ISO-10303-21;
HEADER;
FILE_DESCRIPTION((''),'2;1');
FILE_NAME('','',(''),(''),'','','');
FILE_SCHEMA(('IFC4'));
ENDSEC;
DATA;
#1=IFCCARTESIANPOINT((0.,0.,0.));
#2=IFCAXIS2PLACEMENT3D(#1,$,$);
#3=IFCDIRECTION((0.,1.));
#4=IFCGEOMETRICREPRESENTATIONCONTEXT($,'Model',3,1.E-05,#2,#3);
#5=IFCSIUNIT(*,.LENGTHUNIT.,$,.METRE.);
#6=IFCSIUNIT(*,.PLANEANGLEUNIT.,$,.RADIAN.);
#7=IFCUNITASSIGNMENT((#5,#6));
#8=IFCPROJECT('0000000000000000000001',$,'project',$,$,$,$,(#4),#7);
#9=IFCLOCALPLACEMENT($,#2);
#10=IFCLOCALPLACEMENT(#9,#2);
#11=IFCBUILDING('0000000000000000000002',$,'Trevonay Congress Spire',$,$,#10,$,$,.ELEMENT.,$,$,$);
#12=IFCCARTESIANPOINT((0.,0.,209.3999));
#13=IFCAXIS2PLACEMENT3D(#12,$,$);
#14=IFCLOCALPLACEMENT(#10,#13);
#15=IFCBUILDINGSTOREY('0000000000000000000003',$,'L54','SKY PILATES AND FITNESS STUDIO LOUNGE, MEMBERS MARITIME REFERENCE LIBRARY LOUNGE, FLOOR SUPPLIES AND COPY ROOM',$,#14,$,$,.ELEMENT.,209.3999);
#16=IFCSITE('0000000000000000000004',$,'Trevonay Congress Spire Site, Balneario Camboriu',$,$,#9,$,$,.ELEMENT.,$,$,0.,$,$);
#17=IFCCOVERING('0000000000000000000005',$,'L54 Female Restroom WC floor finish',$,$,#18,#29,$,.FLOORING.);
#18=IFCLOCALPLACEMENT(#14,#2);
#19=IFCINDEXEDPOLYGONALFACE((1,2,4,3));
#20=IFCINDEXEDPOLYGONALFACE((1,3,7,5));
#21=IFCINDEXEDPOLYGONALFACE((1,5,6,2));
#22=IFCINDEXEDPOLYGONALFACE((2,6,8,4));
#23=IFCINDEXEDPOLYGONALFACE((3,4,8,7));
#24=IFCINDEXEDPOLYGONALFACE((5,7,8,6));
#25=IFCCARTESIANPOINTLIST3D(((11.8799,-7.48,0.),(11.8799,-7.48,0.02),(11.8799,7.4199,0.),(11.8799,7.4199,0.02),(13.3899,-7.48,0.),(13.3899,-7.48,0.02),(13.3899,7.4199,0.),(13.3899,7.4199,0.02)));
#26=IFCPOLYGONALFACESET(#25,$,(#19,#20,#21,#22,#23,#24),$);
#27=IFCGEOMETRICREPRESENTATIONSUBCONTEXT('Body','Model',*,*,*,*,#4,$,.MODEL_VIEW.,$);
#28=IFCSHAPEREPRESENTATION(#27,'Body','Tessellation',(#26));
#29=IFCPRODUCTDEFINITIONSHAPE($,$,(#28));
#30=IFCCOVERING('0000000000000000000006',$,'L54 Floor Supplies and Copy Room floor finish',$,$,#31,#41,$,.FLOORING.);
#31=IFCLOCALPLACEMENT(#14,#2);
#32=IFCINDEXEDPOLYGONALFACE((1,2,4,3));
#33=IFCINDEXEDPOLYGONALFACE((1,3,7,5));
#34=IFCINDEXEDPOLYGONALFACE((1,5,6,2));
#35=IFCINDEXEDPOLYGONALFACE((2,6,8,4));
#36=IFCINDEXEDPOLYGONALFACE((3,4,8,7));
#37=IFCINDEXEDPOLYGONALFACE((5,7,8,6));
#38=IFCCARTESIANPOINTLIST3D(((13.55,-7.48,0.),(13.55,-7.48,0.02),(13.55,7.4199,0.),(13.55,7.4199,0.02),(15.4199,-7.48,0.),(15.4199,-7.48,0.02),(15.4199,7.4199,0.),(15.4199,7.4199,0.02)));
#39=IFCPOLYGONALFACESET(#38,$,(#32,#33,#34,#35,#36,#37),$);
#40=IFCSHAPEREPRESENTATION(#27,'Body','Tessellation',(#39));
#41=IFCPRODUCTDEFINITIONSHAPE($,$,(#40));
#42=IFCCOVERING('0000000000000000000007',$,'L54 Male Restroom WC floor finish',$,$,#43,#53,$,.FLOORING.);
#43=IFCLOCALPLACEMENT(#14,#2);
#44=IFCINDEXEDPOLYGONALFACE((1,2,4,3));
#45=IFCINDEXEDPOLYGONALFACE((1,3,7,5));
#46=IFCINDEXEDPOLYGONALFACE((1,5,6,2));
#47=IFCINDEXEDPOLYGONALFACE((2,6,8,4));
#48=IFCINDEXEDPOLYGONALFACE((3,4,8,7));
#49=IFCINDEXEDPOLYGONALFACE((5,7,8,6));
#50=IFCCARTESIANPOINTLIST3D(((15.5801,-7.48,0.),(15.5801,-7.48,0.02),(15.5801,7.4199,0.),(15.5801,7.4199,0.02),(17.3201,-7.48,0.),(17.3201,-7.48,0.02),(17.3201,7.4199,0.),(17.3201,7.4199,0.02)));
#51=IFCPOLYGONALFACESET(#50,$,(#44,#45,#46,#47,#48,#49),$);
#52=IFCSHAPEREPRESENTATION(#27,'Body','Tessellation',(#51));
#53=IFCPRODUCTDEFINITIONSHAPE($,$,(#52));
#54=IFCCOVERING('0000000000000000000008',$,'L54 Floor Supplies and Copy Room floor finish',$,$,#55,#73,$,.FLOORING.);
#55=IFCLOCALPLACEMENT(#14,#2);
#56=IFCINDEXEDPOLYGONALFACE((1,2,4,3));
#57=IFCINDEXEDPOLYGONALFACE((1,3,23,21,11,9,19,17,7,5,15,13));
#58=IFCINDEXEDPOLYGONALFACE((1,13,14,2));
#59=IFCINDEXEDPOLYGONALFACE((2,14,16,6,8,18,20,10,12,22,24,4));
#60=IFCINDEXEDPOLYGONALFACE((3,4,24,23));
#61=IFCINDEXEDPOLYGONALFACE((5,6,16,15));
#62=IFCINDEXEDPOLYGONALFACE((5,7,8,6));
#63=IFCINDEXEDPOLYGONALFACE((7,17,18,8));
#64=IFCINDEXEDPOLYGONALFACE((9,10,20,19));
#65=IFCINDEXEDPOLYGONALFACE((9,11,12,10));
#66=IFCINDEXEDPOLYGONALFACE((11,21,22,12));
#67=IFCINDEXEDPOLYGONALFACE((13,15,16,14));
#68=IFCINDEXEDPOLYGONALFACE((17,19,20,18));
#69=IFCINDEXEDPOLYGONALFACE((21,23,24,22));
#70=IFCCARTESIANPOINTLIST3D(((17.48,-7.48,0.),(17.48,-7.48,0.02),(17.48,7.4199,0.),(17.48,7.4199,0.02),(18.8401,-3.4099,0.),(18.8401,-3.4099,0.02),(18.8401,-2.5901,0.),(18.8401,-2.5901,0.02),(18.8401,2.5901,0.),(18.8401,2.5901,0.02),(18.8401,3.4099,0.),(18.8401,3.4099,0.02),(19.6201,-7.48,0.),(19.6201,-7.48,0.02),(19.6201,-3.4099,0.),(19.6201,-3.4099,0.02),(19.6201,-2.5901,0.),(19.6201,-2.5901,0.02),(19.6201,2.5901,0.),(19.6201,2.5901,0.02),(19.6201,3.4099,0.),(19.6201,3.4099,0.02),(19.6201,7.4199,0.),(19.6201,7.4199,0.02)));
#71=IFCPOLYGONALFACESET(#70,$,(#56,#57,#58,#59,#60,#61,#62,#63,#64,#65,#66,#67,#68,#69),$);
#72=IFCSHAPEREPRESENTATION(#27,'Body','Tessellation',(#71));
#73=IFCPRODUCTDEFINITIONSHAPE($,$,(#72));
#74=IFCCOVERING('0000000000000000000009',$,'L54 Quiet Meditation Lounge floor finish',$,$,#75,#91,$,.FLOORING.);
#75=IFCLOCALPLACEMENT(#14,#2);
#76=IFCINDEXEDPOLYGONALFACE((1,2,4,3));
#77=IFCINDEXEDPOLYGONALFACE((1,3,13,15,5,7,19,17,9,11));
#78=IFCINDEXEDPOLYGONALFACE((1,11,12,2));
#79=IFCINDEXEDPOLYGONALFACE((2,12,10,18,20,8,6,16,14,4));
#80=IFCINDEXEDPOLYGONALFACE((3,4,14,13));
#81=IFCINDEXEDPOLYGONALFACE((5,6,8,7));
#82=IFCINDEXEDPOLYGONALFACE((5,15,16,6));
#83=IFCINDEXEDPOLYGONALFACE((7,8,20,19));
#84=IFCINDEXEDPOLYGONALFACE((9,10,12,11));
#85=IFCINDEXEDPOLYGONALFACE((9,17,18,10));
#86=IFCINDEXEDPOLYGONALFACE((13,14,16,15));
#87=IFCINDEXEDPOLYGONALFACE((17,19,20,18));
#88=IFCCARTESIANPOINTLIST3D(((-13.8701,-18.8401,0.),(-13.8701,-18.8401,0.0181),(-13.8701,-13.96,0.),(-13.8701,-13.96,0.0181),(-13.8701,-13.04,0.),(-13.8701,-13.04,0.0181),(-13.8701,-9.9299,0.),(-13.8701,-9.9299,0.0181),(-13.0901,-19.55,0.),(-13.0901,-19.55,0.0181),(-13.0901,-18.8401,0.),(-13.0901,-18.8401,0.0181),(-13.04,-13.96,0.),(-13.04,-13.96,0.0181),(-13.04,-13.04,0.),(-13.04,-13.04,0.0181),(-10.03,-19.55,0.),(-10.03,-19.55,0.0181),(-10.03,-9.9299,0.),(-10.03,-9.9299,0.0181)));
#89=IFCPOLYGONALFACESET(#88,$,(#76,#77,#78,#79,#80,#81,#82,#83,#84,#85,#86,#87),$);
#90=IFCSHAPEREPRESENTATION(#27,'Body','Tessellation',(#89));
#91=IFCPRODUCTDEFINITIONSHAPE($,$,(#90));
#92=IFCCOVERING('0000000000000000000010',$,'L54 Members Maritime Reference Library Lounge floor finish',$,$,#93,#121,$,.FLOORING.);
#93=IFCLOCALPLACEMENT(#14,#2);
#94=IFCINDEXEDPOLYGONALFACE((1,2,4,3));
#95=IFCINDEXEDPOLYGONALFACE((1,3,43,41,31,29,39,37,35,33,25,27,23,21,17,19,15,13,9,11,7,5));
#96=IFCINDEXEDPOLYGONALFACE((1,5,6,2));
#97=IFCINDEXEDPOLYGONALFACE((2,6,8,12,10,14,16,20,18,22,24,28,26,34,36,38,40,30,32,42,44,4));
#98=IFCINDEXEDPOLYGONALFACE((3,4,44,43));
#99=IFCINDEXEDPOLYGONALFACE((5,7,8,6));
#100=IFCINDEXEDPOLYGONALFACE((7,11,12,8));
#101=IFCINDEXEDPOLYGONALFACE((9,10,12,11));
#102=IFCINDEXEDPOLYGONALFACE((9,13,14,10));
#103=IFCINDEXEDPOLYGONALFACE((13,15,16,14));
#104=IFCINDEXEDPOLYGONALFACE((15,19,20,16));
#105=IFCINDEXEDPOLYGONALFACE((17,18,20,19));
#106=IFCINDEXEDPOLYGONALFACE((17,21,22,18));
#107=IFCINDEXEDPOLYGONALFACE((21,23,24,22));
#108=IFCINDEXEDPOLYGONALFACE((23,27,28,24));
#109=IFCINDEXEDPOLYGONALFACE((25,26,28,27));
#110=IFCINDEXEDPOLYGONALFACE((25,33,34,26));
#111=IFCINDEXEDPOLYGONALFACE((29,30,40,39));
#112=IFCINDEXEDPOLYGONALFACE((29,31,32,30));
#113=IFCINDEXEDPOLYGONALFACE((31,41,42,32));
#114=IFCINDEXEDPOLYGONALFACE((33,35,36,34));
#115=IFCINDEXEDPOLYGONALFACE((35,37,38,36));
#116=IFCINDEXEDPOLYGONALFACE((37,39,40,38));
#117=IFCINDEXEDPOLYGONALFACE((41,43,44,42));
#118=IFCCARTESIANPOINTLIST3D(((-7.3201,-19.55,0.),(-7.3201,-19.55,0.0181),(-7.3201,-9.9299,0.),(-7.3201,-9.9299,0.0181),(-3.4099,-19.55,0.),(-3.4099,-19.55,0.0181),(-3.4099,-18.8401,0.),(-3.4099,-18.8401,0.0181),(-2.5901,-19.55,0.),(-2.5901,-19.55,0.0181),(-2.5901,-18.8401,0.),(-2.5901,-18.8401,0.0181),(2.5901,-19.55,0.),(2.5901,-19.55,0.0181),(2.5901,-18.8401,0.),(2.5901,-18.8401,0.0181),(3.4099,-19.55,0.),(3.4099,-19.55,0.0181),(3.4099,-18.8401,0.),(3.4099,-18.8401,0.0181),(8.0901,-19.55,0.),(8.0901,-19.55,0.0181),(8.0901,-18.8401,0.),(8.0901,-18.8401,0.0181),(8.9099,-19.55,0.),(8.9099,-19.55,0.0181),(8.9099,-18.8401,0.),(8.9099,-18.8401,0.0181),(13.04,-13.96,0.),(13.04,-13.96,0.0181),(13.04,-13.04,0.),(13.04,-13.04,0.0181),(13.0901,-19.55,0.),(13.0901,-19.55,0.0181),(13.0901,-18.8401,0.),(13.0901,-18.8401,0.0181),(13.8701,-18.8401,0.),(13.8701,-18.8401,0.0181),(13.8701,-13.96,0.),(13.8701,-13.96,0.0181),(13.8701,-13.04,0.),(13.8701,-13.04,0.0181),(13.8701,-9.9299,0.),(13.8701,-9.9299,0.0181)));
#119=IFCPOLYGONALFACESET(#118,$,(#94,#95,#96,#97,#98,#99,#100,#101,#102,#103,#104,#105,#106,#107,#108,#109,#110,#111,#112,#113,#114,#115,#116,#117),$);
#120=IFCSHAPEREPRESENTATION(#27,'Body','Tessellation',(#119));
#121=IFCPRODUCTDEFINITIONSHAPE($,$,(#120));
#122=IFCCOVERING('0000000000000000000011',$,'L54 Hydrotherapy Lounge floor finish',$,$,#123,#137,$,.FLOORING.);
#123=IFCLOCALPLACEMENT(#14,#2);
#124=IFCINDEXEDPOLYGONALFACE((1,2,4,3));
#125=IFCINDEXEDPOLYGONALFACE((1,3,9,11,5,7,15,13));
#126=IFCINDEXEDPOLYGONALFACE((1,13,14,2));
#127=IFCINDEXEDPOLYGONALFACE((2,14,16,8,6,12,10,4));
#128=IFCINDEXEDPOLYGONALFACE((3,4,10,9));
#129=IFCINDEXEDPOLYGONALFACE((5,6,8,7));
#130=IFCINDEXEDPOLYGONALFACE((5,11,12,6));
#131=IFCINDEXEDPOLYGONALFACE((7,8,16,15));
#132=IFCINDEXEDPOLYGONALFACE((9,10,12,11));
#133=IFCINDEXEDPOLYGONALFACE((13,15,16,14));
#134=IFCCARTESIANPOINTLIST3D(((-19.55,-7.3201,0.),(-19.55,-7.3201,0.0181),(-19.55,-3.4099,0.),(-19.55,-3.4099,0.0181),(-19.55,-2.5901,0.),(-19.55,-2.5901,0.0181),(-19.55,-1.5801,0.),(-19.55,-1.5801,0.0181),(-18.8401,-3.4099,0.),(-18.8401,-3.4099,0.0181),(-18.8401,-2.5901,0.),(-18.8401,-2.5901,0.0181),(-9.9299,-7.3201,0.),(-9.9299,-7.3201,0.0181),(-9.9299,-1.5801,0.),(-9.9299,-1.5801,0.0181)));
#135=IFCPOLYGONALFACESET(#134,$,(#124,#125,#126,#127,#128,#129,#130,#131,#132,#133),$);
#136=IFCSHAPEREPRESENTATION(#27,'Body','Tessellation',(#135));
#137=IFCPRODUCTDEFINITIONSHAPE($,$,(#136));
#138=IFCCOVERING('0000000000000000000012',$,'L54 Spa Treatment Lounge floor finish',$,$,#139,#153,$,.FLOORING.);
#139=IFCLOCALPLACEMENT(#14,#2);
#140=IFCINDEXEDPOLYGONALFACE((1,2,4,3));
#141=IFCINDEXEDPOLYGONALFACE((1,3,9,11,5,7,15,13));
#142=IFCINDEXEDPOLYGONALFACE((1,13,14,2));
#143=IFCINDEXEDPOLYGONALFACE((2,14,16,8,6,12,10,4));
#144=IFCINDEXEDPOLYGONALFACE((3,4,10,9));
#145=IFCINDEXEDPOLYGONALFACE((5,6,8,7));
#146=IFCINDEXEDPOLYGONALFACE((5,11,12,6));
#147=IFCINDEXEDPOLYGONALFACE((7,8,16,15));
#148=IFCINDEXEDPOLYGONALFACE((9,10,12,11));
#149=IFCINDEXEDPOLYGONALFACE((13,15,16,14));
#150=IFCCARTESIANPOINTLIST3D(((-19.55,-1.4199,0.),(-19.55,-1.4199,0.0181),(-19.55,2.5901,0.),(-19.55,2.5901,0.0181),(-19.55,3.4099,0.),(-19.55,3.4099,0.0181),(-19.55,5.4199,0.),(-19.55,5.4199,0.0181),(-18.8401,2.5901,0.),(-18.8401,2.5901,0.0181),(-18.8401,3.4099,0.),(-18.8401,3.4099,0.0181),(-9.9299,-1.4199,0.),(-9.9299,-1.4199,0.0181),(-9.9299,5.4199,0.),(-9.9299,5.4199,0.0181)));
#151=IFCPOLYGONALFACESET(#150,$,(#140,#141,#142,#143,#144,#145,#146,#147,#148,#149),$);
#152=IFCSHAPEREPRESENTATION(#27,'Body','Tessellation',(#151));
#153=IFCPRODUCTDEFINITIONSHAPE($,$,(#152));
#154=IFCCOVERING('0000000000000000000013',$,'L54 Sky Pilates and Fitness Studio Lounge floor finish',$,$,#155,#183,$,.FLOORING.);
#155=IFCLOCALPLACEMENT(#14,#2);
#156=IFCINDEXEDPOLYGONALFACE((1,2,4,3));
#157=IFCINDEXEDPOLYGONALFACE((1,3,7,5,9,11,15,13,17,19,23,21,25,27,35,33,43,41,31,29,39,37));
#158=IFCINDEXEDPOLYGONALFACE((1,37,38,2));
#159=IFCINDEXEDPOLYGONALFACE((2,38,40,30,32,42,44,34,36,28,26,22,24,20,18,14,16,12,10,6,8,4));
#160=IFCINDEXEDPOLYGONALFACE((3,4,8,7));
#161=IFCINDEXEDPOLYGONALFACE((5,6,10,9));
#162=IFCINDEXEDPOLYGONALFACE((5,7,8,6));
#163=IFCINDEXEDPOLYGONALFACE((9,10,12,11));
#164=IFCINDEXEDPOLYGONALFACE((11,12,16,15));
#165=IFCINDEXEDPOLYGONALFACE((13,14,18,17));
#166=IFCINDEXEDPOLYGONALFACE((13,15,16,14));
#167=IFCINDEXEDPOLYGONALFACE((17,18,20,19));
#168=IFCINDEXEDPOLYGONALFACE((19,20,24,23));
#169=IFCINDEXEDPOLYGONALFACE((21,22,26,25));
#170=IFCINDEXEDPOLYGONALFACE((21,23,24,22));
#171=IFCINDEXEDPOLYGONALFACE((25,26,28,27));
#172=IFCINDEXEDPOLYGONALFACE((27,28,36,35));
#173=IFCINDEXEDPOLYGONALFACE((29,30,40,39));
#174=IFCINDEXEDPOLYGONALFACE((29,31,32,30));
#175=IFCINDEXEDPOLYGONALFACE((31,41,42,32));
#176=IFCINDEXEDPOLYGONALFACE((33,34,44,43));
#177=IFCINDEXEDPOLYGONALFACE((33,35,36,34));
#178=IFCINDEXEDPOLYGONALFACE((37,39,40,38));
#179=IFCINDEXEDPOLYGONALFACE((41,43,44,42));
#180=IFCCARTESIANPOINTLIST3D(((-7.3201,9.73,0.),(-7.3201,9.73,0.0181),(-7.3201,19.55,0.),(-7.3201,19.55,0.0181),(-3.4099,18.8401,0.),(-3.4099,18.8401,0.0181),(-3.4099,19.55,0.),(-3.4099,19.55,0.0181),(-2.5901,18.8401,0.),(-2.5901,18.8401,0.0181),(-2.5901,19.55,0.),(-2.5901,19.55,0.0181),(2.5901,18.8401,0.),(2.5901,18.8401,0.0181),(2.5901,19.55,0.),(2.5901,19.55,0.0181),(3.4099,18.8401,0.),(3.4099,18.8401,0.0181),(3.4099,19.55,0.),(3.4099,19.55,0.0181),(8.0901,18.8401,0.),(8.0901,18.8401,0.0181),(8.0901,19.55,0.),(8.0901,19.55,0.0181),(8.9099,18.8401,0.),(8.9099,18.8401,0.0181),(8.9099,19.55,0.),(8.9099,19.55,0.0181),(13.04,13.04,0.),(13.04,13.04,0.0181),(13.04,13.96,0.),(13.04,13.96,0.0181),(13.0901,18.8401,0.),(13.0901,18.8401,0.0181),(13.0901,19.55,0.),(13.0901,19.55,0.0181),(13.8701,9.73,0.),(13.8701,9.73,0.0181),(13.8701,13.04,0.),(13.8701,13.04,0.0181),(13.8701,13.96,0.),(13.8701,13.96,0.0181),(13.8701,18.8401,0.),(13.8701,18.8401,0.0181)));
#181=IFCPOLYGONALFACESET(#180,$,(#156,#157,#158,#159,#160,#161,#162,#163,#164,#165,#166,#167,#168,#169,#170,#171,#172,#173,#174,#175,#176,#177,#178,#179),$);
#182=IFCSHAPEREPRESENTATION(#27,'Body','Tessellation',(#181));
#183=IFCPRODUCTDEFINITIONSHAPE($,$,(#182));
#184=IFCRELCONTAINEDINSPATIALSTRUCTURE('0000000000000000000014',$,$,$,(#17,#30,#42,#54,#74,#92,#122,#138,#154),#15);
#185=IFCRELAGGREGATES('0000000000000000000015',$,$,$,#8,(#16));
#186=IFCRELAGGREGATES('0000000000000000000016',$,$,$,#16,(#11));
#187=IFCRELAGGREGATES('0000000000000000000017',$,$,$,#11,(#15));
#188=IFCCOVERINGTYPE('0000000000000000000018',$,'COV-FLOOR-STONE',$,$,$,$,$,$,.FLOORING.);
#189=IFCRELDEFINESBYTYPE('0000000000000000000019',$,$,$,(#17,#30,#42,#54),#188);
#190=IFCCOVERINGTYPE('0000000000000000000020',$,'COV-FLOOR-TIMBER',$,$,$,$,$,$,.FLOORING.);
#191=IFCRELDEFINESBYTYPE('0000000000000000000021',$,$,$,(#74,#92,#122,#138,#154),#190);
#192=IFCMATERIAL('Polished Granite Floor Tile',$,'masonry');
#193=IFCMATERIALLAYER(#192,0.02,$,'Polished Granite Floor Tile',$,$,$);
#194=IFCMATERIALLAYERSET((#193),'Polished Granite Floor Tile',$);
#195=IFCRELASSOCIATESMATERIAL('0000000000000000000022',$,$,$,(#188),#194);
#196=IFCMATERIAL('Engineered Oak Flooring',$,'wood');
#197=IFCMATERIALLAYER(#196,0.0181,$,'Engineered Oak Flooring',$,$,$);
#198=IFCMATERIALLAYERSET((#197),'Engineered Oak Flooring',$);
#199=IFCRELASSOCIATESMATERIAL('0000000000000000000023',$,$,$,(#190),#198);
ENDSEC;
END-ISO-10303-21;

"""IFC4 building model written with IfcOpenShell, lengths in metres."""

from ifc_helpers import new_model, si_unit, direction, frame, origin, place, context, subcontext, project, spatial, polyline, outline, extrude, material, layer, layer_set, type_object, element, save


model = new_model("IFC4")

# Units and contexts
model_context = context("Model", 3, precision=1e-05, world=origin(), true_north=direction((0.0, 1.0)))
body_context = subcontext(model_context, "Body", "Model", "MODEL_VIEW")
ifc_project = project(units=[si_unit("LENGTHUNIT", "METRE"), si_unit("PLANEANGLEUNIT", "RADIAN")], contexts=[model_context])

# Site, building, storey
site_placement = place(None, origin())
site = spatial("IfcSite", under=ifc_project, at=site_placement, Name="Trevonay Congress Spire Site, Balneario Camboriu", CompositionType="ELEMENT", RefElevation=0.0)
building_placement = place(site_placement, origin())
building = spatial("IfcBuilding", under=site, at=building_placement, Name="Trevonay Congress Spire", CompositionType="ELEMENT")
storey_placement = place(building_placement, frame((0.0, 0.0, 209.3999)))
storey = spatial("IfcBuildingStorey", under=building, at=storey_placement, Name="L54", Description="SKY PILATES AND FITNESS STUDIO LOUNGE, MEMBERS MARITIME REFERENCE LIBRARY LOUNGE, FLOOR SUPPLIES AND COPY ROOM", CompositionType="ELEMENT", Elevation=209.3999)

# Coverings
ifc_material_1 = material(Name="Polished Granite Floor Tile", Category="masonry")
ifc_layer_1 = layer(ifc_material_1, 0.02, Name="Polished Granite Floor Tile")
ifc_layer_set_1 = layer_set([ifc_layer_1], Name="Polished Granite Floor Tile")
covering_type_1 = type_object("IfcCoveringType", Name="COV-FLOOR-STONE", PredefinedType="FLOORING", material=ifc_layer_set_1)
covering_1_placement = place(storey_placement, origin())
element("IfcCovering", 1, at=covering_1_placement, inside=storey, type_object=covering_type_1, Name="L54 Female Restroom WC floor finish", PredefinedType="FLOORING", context=body_context, shape_type="SweptSolid", body=[
    extrude(outline(polyline([(11.8799, -7.48), (13.3899, -7.48), (13.3899, 7.4199), (11.8799, 7.4199), (11.8799, -7.48)])), origin(), (0.0, 0.0, 1.0), 0.02),
])
covering_2_placement = place(storey_placement, origin())
element("IfcCovering", 2, at=covering_2_placement, inside=storey, type_object=covering_type_1, Name="L54 Floor Supplies and Copy Room floor finish", PredefinedType="FLOORING", context=body_context, shape_type="SweptSolid", body=[
    extrude(outline(polyline([(13.55, -7.48), (15.4199, -7.48), (15.4199, 7.4199), (13.55, 7.4199), (13.55, -7.48)])), origin(), (0.0, 0.0, 1.0), 0.02),
])
covering_3_placement = place(storey_placement, origin())
element("IfcCovering", 3, at=covering_3_placement, inside=storey, type_object=covering_type_1, Name="L54 Male Restroom WC floor finish", PredefinedType="FLOORING", context=body_context, shape_type="SweptSolid", body=[
    extrude(outline(polyline([(15.5801, -7.48), (17.3201, -7.48), (17.3201, 7.4199), (15.5801, 7.4199), (15.5801, -7.48)])), origin(), (0.0, 0.0, 1.0), 0.02),
])
covering_4_placement = place(storey_placement, origin())
element("IfcCovering", 4, at=covering_4_placement, inside=storey, type_object=covering_type_1, Name="L54 Floor Supplies and Copy Room floor finish", PredefinedType="FLOORING", context=body_context, shape_type="SweptSolid", body=[
    extrude(outline(polyline([(19.6201, -7.48), (17.48, -7.48), (17.48, 7.4199), (19.6201, 7.4199), (19.6201, 3.4099), (18.8401, 3.4099), (18.8401, 2.5901), (19.6201, 2.5901), (19.6201, -2.5901), (18.8401, -2.5901), (18.8401, -3.4099), (19.6201, -3.4099), (19.6201, -7.48)])), origin(), (0.0, 0.0, 1.0), 0.02),
])
ifc_material_2 = material(Name="Engineered Oak Flooring", Category="wood")
ifc_layer_2 = layer(ifc_material_2, 0.0181, Name="Engineered Oak Flooring")
ifc_layer_set_2 = layer_set([ifc_layer_2], Name="Engineered Oak Flooring")
covering_type_2 = type_object("IfcCoveringType", Name="COV-FLOOR-TIMBER", PredefinedType="FLOORING", material=ifc_layer_set_2)
covering_5_placement = place(storey_placement, origin())
element("IfcCovering", 5, at=covering_5_placement, inside=storey, type_object=covering_type_2, Name="L54 Quiet Meditation Lounge floor finish", PredefinedType="FLOORING", context=body_context, shape_type="SweptSolid", body=[
    extrude(outline(polyline([(-13.8701, -9.9299), (-10.03, -9.9299), (-10.03, -19.55), (-13.0901, -19.55), (-13.0901, -18.8401), (-13.8701, -18.8401), (-13.8701, -13.96), (-13.04, -13.96), (-13.04, -13.04), (-13.8701, -13.04), (-13.8701, -9.9299)])), origin(), (0.0, 0.0, 1.0), 0.0181),
])
covering_6_placement = place(storey_placement, origin())
element("IfcCovering", 6, at=covering_6_placement, inside=storey, type_object=covering_type_2, Name="L54 Members Maritime Reference Library Lounge floor finish", PredefinedType="FLOORING", context=body_context, shape_type="SweptSolid", body=[
    extrude(outline(polyline([(-7.3201, -19.55), (-7.3201, -9.9299), (13.8701, -9.9299), (13.8701, -13.04), (13.04, -13.04), (13.04, -13.96), (13.8701, -13.96), (13.8701, -18.8401), (13.0901, -18.8401), (13.0901, -19.55), (8.9099, -19.55), (8.9099, -18.8401), (8.0901, -18.8401), (8.0901, -19.55), (3.4099, -19.55), (3.4099, -18.8401), (2.5901, -18.8401), (2.5901, -19.55), (-2.5901, -19.55), (-2.5901, -18.8401), (-3.4099, -18.8401), (-3.4099, -19.55), (-7.3201, -19.55)])), origin(), (0.0, 0.0, 1.0), 0.0181),
])
covering_7_placement = place(storey_placement, origin())
element("IfcCovering", 7, at=covering_7_placement, inside=storey, type_object=covering_type_2, Name="L54 Hydrotherapy Lounge floor finish", PredefinedType="FLOORING", context=body_context, shape_type="SweptSolid", body=[
    extrude(outline(polyline([(-19.55, -1.5801), (-9.9299, -1.5801), (-9.9299, -7.3201), (-19.55, -7.3201), (-19.55, -3.4099), (-18.8401, -3.4099), (-18.8401, -2.5901), (-19.55, -2.5901), (-19.55, -1.5801)])), origin(), (0.0, 0.0, 1.0), 0.0181),
])
covering_8_placement = place(storey_placement, origin())
element("IfcCovering", 8, at=covering_8_placement, inside=storey, type_object=covering_type_2, Name="L54 Spa Treatment Lounge floor finish", PredefinedType="FLOORING", context=body_context, shape_type="SweptSolid", body=[
    extrude(outline(polyline([(-19.55, 5.4199), (-9.9299, 5.4199), (-9.9299, -1.4199), (-19.55, -1.4199), (-19.55, 2.5901), (-18.8401, 2.5901), (-18.8401, 3.4099), (-19.55, 3.4099), (-19.55, 5.4199)])), origin(), (0.0, 0.0, 1.0), 0.0181),
])
covering_9_placement = place(storey_placement, origin())
element("IfcCovering", 9, at=covering_9_placement, inside=storey, type_object=covering_type_2, Name="L54 Sky Pilates and Fitness Studio Lounge floor finish", PredefinedType="FLOORING", context=body_context, shape_type="SweptSolid", body=[
    extrude(outline(polyline([(13.8701, 9.73), (-7.3201, 9.73), (-7.3201, 19.55), (-3.4099, 19.55), (-3.4099, 18.8401), (-2.5901, 18.8401), (-2.5901, 19.55), (2.5901, 19.55), (2.5901, 18.8401), (3.4099, 18.8401), (3.4099, 19.55), (8.0901, 19.55), (8.0901, 18.8401), (8.9099, 18.8401), (8.9099, 19.55), (13.0901, 19.55), (13.0901, 18.8401), (13.8701, 18.8401), (13.8701, 13.96), (13.04, 13.96), (13.04, 13.04), (13.8701, 13.04), (13.8701, 9.73)])), origin(), (0.0, 0.0, 1.0), 0.0181),
])

save(model, "model.ifc")
